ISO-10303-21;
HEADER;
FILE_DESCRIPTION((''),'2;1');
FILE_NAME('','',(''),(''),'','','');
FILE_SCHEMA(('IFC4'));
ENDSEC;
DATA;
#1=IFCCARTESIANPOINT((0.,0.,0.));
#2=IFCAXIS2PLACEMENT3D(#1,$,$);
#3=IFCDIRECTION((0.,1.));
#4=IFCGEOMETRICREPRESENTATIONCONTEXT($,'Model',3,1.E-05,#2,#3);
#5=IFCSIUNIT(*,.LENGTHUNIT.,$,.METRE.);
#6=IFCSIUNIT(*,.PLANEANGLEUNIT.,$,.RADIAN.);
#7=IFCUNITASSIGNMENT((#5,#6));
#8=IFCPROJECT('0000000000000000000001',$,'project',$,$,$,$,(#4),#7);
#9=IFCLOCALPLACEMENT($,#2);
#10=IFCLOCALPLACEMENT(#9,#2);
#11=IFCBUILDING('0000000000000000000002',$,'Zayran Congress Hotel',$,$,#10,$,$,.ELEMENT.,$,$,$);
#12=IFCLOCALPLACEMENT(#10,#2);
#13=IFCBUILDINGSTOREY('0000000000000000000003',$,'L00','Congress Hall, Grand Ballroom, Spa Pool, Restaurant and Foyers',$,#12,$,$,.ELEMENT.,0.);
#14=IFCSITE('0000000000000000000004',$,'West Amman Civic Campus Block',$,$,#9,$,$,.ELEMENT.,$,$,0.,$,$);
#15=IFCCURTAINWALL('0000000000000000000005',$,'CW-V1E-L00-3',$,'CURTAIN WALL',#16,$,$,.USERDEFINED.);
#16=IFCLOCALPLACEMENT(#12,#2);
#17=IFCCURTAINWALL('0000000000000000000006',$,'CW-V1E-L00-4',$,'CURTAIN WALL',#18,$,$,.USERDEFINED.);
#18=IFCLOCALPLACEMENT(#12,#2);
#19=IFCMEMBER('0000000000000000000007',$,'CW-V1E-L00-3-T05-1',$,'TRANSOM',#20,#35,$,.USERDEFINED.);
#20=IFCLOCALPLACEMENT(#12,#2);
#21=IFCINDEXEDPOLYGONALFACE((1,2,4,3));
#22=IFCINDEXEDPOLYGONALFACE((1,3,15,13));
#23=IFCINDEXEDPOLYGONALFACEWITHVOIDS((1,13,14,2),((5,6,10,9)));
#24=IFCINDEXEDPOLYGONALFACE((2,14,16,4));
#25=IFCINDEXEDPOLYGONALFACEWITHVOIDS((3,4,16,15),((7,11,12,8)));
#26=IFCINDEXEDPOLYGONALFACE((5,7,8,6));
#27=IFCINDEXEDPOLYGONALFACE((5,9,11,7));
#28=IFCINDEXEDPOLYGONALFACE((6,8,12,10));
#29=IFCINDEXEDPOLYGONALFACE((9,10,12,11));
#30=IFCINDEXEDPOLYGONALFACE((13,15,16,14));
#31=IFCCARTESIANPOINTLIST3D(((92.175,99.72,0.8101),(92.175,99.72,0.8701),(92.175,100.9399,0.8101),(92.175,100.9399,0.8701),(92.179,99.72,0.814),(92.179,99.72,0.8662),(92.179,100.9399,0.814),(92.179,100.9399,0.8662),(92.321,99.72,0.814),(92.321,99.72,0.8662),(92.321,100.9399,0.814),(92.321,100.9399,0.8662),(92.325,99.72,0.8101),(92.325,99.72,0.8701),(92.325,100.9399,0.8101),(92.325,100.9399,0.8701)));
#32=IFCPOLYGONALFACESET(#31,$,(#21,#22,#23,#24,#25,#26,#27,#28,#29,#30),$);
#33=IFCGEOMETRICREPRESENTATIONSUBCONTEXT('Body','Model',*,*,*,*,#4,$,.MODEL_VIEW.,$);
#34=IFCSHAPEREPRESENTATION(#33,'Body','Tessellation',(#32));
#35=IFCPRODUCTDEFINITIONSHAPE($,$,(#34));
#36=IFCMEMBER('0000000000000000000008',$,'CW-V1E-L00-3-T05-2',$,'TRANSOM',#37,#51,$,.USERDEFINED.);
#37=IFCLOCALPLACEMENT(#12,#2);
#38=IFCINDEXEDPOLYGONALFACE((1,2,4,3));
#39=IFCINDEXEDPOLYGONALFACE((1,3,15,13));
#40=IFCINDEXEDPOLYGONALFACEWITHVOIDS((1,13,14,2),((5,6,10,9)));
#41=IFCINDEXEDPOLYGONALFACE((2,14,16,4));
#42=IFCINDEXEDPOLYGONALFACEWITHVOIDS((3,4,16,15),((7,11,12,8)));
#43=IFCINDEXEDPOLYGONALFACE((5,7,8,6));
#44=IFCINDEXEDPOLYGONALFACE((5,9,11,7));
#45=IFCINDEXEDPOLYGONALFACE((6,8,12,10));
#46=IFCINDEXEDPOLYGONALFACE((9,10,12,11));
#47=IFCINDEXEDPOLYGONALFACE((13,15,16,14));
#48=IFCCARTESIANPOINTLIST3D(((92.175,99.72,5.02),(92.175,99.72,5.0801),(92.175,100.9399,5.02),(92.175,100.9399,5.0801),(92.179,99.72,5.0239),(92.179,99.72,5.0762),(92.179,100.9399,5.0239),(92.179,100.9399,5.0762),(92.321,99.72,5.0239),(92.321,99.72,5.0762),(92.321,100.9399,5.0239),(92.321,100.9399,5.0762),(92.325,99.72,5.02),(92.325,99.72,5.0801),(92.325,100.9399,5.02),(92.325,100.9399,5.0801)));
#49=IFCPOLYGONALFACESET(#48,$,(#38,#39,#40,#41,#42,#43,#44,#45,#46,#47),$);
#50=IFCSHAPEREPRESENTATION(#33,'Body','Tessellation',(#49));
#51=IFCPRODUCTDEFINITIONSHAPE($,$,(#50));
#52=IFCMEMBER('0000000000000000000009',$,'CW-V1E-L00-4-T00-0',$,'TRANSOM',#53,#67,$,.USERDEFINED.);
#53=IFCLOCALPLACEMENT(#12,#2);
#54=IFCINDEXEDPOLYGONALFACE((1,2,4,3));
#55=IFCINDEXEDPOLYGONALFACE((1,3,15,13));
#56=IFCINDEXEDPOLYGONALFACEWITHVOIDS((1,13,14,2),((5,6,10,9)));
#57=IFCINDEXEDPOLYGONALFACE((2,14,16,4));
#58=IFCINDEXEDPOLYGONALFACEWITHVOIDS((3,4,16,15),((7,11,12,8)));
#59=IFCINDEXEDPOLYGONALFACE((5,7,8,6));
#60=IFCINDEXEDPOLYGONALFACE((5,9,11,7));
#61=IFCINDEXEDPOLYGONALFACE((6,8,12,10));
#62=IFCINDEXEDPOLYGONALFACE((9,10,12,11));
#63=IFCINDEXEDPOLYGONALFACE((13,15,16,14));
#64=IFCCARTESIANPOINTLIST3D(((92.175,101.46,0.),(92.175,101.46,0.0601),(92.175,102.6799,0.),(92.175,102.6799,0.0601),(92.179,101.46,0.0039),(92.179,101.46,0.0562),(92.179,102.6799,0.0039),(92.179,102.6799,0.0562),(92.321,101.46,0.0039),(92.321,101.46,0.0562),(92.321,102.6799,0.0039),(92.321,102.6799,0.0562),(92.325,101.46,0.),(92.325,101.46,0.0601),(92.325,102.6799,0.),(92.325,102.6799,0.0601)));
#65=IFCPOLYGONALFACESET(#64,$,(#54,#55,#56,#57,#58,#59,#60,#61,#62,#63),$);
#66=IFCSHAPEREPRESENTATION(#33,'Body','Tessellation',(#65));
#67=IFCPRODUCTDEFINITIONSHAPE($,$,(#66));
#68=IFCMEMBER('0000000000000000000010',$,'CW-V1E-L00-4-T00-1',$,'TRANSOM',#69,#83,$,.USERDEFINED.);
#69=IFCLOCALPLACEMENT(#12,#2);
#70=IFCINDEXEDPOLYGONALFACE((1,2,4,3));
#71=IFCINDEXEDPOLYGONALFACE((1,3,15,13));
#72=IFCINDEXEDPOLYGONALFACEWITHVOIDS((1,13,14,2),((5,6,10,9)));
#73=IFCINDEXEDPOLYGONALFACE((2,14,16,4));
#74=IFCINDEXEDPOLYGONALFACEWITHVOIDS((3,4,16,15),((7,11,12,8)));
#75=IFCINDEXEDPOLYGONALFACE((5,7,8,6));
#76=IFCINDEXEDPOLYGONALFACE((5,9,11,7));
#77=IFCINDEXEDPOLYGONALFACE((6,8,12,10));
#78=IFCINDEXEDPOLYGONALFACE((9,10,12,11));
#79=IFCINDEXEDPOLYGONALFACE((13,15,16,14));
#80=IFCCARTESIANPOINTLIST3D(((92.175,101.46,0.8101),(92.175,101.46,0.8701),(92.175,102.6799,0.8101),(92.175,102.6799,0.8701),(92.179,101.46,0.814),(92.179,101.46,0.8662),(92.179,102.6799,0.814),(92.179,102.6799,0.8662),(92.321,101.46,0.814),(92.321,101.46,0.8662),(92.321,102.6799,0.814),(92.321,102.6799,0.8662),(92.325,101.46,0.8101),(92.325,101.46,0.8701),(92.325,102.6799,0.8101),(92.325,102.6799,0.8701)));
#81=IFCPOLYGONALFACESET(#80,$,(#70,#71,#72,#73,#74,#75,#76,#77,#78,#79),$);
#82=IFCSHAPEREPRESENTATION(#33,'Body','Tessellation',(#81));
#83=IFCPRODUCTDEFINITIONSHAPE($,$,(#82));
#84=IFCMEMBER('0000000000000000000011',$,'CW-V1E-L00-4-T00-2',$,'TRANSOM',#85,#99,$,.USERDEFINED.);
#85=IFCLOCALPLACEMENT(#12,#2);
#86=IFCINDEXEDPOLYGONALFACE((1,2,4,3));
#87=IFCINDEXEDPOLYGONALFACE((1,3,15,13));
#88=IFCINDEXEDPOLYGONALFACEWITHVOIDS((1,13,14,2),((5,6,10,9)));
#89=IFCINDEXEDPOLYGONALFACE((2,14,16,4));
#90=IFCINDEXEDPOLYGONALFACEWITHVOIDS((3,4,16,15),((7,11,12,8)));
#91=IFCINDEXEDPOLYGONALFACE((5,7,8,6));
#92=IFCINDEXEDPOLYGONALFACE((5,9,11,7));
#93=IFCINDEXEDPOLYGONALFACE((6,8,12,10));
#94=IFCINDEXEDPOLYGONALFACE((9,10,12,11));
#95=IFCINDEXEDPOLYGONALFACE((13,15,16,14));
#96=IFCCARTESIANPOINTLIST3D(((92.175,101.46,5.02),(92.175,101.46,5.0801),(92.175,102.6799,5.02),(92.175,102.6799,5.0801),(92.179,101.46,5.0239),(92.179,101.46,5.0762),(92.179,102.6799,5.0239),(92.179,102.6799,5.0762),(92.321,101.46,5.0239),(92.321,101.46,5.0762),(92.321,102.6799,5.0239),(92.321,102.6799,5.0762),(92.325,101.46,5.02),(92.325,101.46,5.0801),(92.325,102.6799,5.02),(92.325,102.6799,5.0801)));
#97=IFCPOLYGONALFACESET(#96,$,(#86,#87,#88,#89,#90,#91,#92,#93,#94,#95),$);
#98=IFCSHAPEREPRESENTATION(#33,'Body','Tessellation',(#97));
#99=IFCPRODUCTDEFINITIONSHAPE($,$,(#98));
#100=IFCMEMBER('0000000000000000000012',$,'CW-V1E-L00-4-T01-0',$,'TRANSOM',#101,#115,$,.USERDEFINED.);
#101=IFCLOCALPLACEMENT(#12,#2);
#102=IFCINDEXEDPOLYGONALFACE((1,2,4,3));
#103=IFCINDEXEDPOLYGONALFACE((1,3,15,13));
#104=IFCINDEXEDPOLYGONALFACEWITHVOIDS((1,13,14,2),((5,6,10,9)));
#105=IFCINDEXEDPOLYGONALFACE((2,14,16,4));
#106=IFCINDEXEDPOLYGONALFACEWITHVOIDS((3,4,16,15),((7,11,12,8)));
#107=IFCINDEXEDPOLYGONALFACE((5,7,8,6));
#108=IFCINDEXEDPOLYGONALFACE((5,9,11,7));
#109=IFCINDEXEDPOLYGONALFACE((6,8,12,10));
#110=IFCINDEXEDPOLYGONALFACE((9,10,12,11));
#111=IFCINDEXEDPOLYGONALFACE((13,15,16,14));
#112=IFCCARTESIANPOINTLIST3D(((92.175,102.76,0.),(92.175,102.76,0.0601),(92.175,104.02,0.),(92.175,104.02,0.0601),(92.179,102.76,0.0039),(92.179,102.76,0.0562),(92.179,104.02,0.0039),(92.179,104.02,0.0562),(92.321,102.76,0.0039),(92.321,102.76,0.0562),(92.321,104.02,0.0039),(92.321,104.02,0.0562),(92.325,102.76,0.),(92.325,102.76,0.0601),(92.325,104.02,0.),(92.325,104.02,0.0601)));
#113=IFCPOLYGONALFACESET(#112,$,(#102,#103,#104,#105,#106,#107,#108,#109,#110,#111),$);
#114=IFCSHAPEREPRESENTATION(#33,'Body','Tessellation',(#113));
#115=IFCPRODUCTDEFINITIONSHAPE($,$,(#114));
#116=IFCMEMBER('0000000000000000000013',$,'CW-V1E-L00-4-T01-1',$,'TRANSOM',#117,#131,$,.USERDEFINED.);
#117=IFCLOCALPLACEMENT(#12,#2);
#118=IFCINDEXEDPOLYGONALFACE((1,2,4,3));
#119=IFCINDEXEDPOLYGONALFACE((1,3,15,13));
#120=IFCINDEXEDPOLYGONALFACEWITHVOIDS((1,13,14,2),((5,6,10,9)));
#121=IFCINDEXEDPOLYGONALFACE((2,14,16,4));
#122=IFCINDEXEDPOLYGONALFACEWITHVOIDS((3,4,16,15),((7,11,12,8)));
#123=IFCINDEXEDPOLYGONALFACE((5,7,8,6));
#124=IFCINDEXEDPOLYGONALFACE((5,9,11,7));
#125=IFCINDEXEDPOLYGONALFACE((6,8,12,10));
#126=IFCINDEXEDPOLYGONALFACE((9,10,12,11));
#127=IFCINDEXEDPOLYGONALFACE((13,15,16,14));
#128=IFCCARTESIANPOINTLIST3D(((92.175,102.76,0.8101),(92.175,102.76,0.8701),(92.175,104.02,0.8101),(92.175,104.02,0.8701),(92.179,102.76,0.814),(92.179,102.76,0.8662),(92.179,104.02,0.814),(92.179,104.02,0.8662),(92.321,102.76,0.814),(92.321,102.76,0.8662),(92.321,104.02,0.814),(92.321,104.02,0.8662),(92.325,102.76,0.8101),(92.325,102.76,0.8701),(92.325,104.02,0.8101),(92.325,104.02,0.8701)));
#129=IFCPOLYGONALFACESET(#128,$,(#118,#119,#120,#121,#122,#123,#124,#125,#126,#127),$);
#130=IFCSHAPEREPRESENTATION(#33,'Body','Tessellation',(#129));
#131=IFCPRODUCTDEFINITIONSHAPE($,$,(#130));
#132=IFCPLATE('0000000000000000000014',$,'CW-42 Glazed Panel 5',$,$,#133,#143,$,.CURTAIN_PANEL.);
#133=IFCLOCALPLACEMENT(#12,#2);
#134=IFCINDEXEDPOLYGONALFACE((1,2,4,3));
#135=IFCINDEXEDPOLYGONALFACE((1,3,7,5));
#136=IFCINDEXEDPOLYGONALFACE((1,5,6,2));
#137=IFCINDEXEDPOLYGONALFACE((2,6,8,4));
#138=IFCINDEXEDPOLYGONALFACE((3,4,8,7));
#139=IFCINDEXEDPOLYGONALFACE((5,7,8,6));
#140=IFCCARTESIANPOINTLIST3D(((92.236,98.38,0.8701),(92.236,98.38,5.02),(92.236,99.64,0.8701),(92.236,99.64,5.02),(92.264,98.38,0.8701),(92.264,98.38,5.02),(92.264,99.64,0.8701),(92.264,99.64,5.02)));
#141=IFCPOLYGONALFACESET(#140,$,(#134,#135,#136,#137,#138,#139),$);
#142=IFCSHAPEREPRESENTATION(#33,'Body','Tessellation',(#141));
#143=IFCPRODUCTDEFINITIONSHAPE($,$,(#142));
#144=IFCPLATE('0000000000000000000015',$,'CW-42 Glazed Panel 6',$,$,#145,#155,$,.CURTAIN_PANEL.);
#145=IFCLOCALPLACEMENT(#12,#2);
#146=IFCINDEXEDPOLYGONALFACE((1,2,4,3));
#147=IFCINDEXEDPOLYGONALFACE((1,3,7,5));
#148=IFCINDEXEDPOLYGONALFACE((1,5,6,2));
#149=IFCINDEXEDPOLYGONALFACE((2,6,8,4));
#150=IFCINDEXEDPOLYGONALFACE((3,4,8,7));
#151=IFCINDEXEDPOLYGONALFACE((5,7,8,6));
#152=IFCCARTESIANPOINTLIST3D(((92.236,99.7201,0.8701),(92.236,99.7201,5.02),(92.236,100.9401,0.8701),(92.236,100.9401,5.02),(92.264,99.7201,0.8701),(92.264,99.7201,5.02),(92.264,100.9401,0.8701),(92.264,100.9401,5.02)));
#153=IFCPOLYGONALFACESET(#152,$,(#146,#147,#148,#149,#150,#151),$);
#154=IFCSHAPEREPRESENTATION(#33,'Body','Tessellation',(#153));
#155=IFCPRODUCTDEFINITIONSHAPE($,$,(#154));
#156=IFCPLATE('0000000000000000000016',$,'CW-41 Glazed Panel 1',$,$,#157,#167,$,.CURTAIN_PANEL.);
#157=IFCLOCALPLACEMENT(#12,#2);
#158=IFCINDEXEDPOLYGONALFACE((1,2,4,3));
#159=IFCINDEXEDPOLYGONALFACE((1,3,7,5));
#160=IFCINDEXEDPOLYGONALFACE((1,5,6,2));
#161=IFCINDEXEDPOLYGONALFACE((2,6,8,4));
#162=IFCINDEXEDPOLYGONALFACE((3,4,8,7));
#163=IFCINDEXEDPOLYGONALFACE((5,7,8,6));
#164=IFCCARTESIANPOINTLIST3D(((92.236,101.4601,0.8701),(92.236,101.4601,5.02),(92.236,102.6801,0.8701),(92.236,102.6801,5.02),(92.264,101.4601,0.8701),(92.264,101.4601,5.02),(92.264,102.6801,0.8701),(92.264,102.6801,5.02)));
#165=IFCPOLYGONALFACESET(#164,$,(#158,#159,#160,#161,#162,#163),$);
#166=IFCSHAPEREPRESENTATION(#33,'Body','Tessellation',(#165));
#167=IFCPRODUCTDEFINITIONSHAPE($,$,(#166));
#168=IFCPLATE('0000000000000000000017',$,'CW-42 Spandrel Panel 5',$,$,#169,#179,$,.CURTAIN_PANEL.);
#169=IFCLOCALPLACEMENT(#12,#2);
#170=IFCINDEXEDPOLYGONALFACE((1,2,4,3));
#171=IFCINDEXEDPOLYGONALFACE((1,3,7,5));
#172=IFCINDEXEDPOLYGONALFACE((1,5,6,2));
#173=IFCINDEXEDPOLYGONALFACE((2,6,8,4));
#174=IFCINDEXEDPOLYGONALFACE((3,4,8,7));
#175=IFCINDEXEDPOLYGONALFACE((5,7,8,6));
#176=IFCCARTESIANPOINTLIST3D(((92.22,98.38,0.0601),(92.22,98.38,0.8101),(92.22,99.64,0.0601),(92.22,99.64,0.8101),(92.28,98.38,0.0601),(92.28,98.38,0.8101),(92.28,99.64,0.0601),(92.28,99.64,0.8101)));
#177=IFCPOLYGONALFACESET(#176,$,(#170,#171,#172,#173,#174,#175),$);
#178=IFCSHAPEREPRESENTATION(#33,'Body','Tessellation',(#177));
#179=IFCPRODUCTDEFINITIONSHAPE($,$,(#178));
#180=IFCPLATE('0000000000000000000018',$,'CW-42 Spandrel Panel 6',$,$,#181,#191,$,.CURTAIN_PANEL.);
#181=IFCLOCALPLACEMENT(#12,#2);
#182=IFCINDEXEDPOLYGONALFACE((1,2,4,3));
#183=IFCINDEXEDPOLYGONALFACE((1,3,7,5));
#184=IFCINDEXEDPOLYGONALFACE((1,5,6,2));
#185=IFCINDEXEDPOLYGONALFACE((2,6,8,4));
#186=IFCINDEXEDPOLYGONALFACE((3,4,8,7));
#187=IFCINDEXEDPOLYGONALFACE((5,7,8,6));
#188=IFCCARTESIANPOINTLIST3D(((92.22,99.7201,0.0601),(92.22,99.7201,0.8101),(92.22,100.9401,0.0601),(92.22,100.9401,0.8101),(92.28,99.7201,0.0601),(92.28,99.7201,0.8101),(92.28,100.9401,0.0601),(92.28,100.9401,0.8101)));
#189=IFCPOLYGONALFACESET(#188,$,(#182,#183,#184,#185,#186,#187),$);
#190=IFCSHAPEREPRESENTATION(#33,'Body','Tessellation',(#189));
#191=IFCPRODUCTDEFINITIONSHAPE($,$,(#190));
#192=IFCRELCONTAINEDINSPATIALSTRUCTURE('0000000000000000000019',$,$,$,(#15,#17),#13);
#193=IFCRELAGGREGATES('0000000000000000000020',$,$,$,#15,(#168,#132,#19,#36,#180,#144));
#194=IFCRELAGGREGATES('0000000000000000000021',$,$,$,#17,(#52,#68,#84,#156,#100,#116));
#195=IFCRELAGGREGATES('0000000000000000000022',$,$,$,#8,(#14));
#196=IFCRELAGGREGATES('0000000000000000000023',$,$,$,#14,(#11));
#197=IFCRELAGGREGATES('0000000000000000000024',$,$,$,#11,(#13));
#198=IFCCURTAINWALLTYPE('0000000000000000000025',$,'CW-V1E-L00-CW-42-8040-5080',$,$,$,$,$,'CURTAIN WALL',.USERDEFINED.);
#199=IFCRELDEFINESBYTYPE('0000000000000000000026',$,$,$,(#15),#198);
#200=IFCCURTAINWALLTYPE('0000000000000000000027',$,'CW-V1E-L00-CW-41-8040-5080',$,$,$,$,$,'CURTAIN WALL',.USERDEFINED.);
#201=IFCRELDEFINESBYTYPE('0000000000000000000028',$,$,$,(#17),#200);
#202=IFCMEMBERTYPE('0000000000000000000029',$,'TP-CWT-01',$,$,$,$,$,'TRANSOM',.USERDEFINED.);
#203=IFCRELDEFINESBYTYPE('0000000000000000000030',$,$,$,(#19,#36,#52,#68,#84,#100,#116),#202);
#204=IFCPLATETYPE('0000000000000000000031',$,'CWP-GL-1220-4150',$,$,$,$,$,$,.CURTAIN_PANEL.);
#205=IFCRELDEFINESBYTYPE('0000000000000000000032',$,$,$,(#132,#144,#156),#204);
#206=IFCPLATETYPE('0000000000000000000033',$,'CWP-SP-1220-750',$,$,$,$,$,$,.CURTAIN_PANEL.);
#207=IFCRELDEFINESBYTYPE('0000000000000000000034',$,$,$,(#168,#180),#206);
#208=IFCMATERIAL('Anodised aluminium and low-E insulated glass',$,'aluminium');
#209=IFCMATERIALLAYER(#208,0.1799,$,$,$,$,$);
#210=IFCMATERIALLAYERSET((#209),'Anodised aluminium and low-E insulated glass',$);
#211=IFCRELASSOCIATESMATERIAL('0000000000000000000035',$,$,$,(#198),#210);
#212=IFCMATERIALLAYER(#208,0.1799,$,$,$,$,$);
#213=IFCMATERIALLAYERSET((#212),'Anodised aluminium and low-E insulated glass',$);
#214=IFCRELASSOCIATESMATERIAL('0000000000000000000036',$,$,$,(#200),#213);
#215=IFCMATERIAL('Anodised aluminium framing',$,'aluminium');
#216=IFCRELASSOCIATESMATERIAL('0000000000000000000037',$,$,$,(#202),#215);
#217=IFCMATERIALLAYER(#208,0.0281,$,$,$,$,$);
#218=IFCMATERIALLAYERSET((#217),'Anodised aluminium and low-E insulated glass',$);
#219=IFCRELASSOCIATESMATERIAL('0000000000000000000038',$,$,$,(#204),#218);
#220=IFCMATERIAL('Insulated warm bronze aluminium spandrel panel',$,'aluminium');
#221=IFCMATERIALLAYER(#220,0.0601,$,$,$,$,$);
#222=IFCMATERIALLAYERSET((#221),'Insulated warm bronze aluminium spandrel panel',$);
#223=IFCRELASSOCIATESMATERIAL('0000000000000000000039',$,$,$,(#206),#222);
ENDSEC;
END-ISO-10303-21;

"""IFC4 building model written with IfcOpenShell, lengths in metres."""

from ifc_helpers import new_model, si_unit, direction, frame, origin, origin_2d, place, context, subcontext, project, spatial, rectangle, hollow_rectangle, extrude, material, layer, layer_set, material_profile, profile_set, type_object, element, aggregate, save


model = new_model("IFC4")

# Units and contexts
model_context = context("Model", 3, precision=1e-05, world=origin(), true_north=direction((0.0, 1.0)))
body_context = subcontext(model_context, "Body", "Model", "MODEL_VIEW")
ifc_project = project(units=[si_unit("LENGTHUNIT", "METRE"), si_unit("PLANEANGLEUNIT", "RADIAN")], contexts=[model_context])

# Site, building, storey
site_placement = place(None, origin())
site = spatial("IfcSite", under=ifc_project, at=site_placement, Name="West Amman Civic Campus Block", CompositionType="ELEMENT", RefElevation=0.0)
building_placement = place(site_placement, origin())
building = spatial("IfcBuilding", under=site, at=building_placement, Name="Zayran Congress Hotel", CompositionType="ELEMENT")
storey_placement = place(building_placement, origin())
storey = spatial("IfcBuildingStorey", under=building, at=storey_placement, Name="L00", Description="Congress Hall, Grand Ballroom, Spa Pool, Restaurant and Foyers", CompositionType="ELEMENT", Elevation=0.0)

# Curtain walls
ifc_material_1 = material(Name="Anodised aluminium and low-E insulated glass", Category="aluminium")
ifc_layer_1 = layer(ifc_material_1, 0.1799)
ifc_layer_set_1 = layer_set([ifc_layer_1], Name="Anodised aluminium and low-E insulated glass")
curtain_wall_type_1 = type_object("IfcCurtainWallType", Name="CW-V1E-L00-CW-42-8040-5080", ElementType="CURTAIN WALL", PredefinedType="USERDEFINED", material=ifc_layer_set_1)
curtain_wall_1_placement = place(storey_placement, origin())
curtain_wall_1 = element("IfcCurtainWall", 1, at=curtain_wall_1_placement, inside=storey, type_object=curtain_wall_type_1, Name="CW-V1E-L00-3", ObjectType="CURTAIN WALL", PredefinedType="USERDEFINED")
ifc_material_2 = material(Name="Anodised aluminium framing", Category="aluminium")
ifc_layer_2 = layer(ifc_material_1, 0.1799)
ifc_layer_set_2 = layer_set([ifc_layer_2], Name="Anodised aluminium and low-E insulated glass")
curtain_wall_type_2 = type_object("IfcCurtainWallType", Name="CW-V1E-L00-CW-41-8040-5080", ElementType="CURTAIN WALL", PredefinedType="USERDEFINED", material=ifc_layer_set_2)
curtain_wall_2_placement = place(storey_placement, origin())
curtain_wall_2 = element("IfcCurtainWall", 2, at=curtain_wall_2_placement, inside=storey, type_object=curtain_wall_type_2, Name="CW-V1E-L00-4", ObjectType="CURTAIN WALL", PredefinedType="USERDEFINED")

# Members
ifc_material_profile_1 = material_profile(ifc_material_2, hollow_rectangle(XDim=0.0601, YDim=0.1499, WallThickness=0.0039, at=origin_2d()), Name="RHS 150x60x4")
ifc_profile_set_1 = profile_set([ifc_material_profile_1], Name="Anodised aluminium framing")
member_type_1 = type_object("IfcMemberType", Name="TP-CWT-01", ElementType="TRANSOM", PredefinedType="USERDEFINED", material=ifc_profile_set_1)
member_1_placement = place(storey_placement, frame((92.25, 99.72, 0.8401), z_axis=(0.0, 1.0, 0.0), x_axis=(0.0, 0.0, 1.0)))
member_1 = element("IfcMember", 3, at=member_1_placement, type_object=member_type_1, Name="CW-V1E-L00-3-T05-1", ObjectType="TRANSOM", PredefinedType="USERDEFINED", context=body_context, shape_type="SweptSolid", body=[
    extrude(hollow_rectangle(XDim=0.0601, YDim=0.1499, WallThickness=0.0039, at=origin_2d()), origin(), (0.0, 0.0, 1.0), 1.22),
])
member_2_placement = place(storey_placement, frame((92.25, 99.72, 5.05), z_axis=(0.0, 1.0, 0.0), x_axis=(0.0, 0.0, 1.0)))
member_2 = element("IfcMember", 4, at=member_2_placement, type_object=member_type_1, Name="CW-V1E-L00-3-T05-2", ObjectType="TRANSOM", PredefinedType="USERDEFINED", context=body_context, shape_type="SweptSolid", body=[
    extrude(hollow_rectangle(XDim=0.0601, YDim=0.1499, WallThickness=0.0039, at=origin_2d()), origin(), (0.0, 0.0, 1.0), 1.22),
])
member_3_placement = place(storey_placement, frame((92.25, 101.46, 0.03), z_axis=(0.0, 1.0, 0.0), x_axis=(0.0, 0.0, 1.0)))
member_3 = element("IfcMember", 5, at=member_3_placement, type_object=member_type_1, Name="CW-V1E-L00-4-T00-0", ObjectType="TRANSOM", PredefinedType="USERDEFINED", context=body_context, shape_type="SweptSolid", body=[
    extrude(hollow_rectangle(XDim=0.0601, YDim=0.1499, WallThickness=0.0039, at=origin_2d()), origin(), (0.0, 0.0, 1.0), 1.22),
])
member_4_placement = place(storey_placement, frame((92.25, 101.46, 0.8401), z_axis=(0.0, 1.0, 0.0), x_axis=(0.0, 0.0, 1.0)))
member_4 = element("IfcMember", 6, at=member_4_placement, type_object=member_type_1, Name="CW-V1E-L00-4-T00-1", ObjectType="TRANSOM", PredefinedType="USERDEFINED", context=body_context, shape_type="SweptSolid", body=[
    extrude(hollow_rectangle(XDim=0.0601, YDim=0.1499, WallThickness=0.0039, at=origin_2d()), origin(), (0.0, 0.0, 1.0), 1.22),
])
member_5_placement = place(storey_placement, frame((92.25, 101.46, 5.05), z_axis=(0.0, 1.0, 0.0), x_axis=(0.0, 0.0, 1.0)))
member_5 = element("IfcMember", 7, at=member_5_placement, type_object=member_type_1, Name="CW-V1E-L00-4-T00-2", ObjectType="TRANSOM", PredefinedType="USERDEFINED", context=body_context, shape_type="SweptSolid", body=[
    extrude(hollow_rectangle(XDim=0.0601, YDim=0.1499, WallThickness=0.0039, at=origin_2d()), origin(), (0.0, 0.0, 1.0), 1.22),
])
member_6_placement = place(storey_placement, frame((92.25, 102.76, 0.03), z_axis=(0.0, 1.0, 0.0), x_axis=(0.0, 0.0, 1.0)))
member_6 = element("IfcMember", 8, at=member_6_placement, type_object=member_type_1, Name="CW-V1E-L00-4-T01-0", ObjectType="TRANSOM", PredefinedType="USERDEFINED", context=body_context, shape_type="SweptSolid", body=[
    extrude(hollow_rectangle(XDim=0.0601, YDim=0.1499, WallThickness=0.0039, at=origin_2d()), origin(), (0.0, 0.0, 1.0), 1.26),
])
member_7_placement = place(storey_placement, frame((92.25, 102.76, 0.8401), z_axis=(0.0, 1.0, 0.0), x_axis=(0.0, 0.0, 1.0)))
member_7 = element("IfcMember", 9, at=member_7_placement, type_object=member_type_1, Name="CW-V1E-L00-4-T01-1", ObjectType="TRANSOM", PredefinedType="USERDEFINED", context=body_context, shape_type="SweptSolid", body=[
    extrude(hollow_rectangle(XDim=0.0601, YDim=0.1499, WallThickness=0.0039, at=origin_2d()), origin(), (0.0, 0.0, 1.0), 1.26),
])

# Plates
ifc_layer_3 = layer(ifc_material_1, 0.0281)
ifc_layer_set_3 = layer_set([ifc_layer_3], Name="Anodised aluminium and low-E insulated glass")
plate_type_1 = type_object("IfcPlateType", Name="CWP-GL-1220-4150", PredefinedType="CURTAIN_PANEL", material=ifc_layer_set_3)
plate_1_placement = place(storey_placement, frame((92.25, 99.01, 0.8701), z_axis=(0.0, 0.0, 1.0), x_axis=(0.0, 1.0, 0.0)))
plate_1 = element("IfcPlate", 10, at=plate_1_placement, type_object=plate_type_1, Name="CW-42 Glazed Panel 5", PredefinedType="CURTAIN_PANEL", context=body_context, shape_type="SweptSolid", body=[
    extrude(rectangle(XDim=1.26, YDim=0.0281, at=origin_2d()), origin(), (0.0, 0.0, 1.0), 4.1499),
])
plate_2_placement = place(storey_placement, frame((92.25, 100.3301, 0.8701), z_axis=(0.0, 0.0, 1.0), x_axis=(0.0, 1.0, 0.0)))
plate_2 = element("IfcPlate", 11, at=plate_2_placement, type_object=plate_type_1, Name="CW-42 Glazed Panel 6", PredefinedType="CURTAIN_PANEL", context=body_context, shape_type="SweptSolid", body=[
    extrude(rectangle(XDim=1.22, YDim=0.0281, at=origin_2d()), origin(), (0.0, 0.0, 1.0), 4.1499),
])
plate_3_placement = place(storey_placement, frame((92.25, 102.0701, 0.8701), z_axis=(0.0, 0.0, 1.0), x_axis=(0.0, 1.0, 0.0)))
plate_3 = element("IfcPlate", 12, at=plate_3_placement, type_object=plate_type_1, Name="CW-41 Glazed Panel 1", PredefinedType="CURTAIN_PANEL", context=body_context, shape_type="SweptSolid", body=[
    extrude(rectangle(XDim=1.22, YDim=0.0281, at=origin_2d()), origin(), (0.0, 0.0, 1.0), 4.1499),
])
ifc_material_3 = material(Name="Insulated warm bronze aluminium spandrel panel", Category="aluminium")
ifc_layer_4 = layer(ifc_material_3, 0.0601)
ifc_layer_set_4 = layer_set([ifc_layer_4], Name="Insulated warm bronze aluminium spandrel panel")
plate_type_2 = type_object("IfcPlateType", Name="CWP-SP-1220-750", PredefinedType="CURTAIN_PANEL", material=ifc_layer_set_4)
plate_4_placement = place(storey_placement, frame((92.25, 99.01, 0.0601), z_axis=(0.0, 0.0, 1.0), x_axis=(0.0, 1.0, 0.0)))
plate_4 = element("IfcPlate", 13, at=plate_4_placement, type_object=plate_type_2, Name="CW-42 Spandrel Panel 5", PredefinedType="CURTAIN_PANEL", context=body_context, shape_type="SweptSolid", body=[
    extrude(rectangle(XDim=1.26, YDim=0.0601, at=origin_2d()), origin(), (0.0, 0.0, 1.0), 0.75),
])
plate_5_placement = place(storey_placement, frame((92.25, 100.3301, 0.0601), z_axis=(0.0, 0.0, 1.0), x_axis=(0.0, 1.0, 0.0)))
plate_5 = element("IfcPlate", 14, at=plate_5_placement, type_object=plate_type_2, Name="CW-42 Spandrel Panel 6", PredefinedType="CURTAIN_PANEL", context=body_context, shape_type="SweptSolid", body=[
    extrude(rectangle(XDim=1.22, YDim=0.0601, at=origin_2d()), origin(), (0.0, 0.0, 1.0), 0.75),
])
aggregate(curtain_wall_1, [plate_4, plate_1, member_1, member_2, plate_5, plate_2])
aggregate(curtain_wall_2, [member_3, member_4, member_5, plate_3, member_6, member_7])

save(model, "model.ifc")
